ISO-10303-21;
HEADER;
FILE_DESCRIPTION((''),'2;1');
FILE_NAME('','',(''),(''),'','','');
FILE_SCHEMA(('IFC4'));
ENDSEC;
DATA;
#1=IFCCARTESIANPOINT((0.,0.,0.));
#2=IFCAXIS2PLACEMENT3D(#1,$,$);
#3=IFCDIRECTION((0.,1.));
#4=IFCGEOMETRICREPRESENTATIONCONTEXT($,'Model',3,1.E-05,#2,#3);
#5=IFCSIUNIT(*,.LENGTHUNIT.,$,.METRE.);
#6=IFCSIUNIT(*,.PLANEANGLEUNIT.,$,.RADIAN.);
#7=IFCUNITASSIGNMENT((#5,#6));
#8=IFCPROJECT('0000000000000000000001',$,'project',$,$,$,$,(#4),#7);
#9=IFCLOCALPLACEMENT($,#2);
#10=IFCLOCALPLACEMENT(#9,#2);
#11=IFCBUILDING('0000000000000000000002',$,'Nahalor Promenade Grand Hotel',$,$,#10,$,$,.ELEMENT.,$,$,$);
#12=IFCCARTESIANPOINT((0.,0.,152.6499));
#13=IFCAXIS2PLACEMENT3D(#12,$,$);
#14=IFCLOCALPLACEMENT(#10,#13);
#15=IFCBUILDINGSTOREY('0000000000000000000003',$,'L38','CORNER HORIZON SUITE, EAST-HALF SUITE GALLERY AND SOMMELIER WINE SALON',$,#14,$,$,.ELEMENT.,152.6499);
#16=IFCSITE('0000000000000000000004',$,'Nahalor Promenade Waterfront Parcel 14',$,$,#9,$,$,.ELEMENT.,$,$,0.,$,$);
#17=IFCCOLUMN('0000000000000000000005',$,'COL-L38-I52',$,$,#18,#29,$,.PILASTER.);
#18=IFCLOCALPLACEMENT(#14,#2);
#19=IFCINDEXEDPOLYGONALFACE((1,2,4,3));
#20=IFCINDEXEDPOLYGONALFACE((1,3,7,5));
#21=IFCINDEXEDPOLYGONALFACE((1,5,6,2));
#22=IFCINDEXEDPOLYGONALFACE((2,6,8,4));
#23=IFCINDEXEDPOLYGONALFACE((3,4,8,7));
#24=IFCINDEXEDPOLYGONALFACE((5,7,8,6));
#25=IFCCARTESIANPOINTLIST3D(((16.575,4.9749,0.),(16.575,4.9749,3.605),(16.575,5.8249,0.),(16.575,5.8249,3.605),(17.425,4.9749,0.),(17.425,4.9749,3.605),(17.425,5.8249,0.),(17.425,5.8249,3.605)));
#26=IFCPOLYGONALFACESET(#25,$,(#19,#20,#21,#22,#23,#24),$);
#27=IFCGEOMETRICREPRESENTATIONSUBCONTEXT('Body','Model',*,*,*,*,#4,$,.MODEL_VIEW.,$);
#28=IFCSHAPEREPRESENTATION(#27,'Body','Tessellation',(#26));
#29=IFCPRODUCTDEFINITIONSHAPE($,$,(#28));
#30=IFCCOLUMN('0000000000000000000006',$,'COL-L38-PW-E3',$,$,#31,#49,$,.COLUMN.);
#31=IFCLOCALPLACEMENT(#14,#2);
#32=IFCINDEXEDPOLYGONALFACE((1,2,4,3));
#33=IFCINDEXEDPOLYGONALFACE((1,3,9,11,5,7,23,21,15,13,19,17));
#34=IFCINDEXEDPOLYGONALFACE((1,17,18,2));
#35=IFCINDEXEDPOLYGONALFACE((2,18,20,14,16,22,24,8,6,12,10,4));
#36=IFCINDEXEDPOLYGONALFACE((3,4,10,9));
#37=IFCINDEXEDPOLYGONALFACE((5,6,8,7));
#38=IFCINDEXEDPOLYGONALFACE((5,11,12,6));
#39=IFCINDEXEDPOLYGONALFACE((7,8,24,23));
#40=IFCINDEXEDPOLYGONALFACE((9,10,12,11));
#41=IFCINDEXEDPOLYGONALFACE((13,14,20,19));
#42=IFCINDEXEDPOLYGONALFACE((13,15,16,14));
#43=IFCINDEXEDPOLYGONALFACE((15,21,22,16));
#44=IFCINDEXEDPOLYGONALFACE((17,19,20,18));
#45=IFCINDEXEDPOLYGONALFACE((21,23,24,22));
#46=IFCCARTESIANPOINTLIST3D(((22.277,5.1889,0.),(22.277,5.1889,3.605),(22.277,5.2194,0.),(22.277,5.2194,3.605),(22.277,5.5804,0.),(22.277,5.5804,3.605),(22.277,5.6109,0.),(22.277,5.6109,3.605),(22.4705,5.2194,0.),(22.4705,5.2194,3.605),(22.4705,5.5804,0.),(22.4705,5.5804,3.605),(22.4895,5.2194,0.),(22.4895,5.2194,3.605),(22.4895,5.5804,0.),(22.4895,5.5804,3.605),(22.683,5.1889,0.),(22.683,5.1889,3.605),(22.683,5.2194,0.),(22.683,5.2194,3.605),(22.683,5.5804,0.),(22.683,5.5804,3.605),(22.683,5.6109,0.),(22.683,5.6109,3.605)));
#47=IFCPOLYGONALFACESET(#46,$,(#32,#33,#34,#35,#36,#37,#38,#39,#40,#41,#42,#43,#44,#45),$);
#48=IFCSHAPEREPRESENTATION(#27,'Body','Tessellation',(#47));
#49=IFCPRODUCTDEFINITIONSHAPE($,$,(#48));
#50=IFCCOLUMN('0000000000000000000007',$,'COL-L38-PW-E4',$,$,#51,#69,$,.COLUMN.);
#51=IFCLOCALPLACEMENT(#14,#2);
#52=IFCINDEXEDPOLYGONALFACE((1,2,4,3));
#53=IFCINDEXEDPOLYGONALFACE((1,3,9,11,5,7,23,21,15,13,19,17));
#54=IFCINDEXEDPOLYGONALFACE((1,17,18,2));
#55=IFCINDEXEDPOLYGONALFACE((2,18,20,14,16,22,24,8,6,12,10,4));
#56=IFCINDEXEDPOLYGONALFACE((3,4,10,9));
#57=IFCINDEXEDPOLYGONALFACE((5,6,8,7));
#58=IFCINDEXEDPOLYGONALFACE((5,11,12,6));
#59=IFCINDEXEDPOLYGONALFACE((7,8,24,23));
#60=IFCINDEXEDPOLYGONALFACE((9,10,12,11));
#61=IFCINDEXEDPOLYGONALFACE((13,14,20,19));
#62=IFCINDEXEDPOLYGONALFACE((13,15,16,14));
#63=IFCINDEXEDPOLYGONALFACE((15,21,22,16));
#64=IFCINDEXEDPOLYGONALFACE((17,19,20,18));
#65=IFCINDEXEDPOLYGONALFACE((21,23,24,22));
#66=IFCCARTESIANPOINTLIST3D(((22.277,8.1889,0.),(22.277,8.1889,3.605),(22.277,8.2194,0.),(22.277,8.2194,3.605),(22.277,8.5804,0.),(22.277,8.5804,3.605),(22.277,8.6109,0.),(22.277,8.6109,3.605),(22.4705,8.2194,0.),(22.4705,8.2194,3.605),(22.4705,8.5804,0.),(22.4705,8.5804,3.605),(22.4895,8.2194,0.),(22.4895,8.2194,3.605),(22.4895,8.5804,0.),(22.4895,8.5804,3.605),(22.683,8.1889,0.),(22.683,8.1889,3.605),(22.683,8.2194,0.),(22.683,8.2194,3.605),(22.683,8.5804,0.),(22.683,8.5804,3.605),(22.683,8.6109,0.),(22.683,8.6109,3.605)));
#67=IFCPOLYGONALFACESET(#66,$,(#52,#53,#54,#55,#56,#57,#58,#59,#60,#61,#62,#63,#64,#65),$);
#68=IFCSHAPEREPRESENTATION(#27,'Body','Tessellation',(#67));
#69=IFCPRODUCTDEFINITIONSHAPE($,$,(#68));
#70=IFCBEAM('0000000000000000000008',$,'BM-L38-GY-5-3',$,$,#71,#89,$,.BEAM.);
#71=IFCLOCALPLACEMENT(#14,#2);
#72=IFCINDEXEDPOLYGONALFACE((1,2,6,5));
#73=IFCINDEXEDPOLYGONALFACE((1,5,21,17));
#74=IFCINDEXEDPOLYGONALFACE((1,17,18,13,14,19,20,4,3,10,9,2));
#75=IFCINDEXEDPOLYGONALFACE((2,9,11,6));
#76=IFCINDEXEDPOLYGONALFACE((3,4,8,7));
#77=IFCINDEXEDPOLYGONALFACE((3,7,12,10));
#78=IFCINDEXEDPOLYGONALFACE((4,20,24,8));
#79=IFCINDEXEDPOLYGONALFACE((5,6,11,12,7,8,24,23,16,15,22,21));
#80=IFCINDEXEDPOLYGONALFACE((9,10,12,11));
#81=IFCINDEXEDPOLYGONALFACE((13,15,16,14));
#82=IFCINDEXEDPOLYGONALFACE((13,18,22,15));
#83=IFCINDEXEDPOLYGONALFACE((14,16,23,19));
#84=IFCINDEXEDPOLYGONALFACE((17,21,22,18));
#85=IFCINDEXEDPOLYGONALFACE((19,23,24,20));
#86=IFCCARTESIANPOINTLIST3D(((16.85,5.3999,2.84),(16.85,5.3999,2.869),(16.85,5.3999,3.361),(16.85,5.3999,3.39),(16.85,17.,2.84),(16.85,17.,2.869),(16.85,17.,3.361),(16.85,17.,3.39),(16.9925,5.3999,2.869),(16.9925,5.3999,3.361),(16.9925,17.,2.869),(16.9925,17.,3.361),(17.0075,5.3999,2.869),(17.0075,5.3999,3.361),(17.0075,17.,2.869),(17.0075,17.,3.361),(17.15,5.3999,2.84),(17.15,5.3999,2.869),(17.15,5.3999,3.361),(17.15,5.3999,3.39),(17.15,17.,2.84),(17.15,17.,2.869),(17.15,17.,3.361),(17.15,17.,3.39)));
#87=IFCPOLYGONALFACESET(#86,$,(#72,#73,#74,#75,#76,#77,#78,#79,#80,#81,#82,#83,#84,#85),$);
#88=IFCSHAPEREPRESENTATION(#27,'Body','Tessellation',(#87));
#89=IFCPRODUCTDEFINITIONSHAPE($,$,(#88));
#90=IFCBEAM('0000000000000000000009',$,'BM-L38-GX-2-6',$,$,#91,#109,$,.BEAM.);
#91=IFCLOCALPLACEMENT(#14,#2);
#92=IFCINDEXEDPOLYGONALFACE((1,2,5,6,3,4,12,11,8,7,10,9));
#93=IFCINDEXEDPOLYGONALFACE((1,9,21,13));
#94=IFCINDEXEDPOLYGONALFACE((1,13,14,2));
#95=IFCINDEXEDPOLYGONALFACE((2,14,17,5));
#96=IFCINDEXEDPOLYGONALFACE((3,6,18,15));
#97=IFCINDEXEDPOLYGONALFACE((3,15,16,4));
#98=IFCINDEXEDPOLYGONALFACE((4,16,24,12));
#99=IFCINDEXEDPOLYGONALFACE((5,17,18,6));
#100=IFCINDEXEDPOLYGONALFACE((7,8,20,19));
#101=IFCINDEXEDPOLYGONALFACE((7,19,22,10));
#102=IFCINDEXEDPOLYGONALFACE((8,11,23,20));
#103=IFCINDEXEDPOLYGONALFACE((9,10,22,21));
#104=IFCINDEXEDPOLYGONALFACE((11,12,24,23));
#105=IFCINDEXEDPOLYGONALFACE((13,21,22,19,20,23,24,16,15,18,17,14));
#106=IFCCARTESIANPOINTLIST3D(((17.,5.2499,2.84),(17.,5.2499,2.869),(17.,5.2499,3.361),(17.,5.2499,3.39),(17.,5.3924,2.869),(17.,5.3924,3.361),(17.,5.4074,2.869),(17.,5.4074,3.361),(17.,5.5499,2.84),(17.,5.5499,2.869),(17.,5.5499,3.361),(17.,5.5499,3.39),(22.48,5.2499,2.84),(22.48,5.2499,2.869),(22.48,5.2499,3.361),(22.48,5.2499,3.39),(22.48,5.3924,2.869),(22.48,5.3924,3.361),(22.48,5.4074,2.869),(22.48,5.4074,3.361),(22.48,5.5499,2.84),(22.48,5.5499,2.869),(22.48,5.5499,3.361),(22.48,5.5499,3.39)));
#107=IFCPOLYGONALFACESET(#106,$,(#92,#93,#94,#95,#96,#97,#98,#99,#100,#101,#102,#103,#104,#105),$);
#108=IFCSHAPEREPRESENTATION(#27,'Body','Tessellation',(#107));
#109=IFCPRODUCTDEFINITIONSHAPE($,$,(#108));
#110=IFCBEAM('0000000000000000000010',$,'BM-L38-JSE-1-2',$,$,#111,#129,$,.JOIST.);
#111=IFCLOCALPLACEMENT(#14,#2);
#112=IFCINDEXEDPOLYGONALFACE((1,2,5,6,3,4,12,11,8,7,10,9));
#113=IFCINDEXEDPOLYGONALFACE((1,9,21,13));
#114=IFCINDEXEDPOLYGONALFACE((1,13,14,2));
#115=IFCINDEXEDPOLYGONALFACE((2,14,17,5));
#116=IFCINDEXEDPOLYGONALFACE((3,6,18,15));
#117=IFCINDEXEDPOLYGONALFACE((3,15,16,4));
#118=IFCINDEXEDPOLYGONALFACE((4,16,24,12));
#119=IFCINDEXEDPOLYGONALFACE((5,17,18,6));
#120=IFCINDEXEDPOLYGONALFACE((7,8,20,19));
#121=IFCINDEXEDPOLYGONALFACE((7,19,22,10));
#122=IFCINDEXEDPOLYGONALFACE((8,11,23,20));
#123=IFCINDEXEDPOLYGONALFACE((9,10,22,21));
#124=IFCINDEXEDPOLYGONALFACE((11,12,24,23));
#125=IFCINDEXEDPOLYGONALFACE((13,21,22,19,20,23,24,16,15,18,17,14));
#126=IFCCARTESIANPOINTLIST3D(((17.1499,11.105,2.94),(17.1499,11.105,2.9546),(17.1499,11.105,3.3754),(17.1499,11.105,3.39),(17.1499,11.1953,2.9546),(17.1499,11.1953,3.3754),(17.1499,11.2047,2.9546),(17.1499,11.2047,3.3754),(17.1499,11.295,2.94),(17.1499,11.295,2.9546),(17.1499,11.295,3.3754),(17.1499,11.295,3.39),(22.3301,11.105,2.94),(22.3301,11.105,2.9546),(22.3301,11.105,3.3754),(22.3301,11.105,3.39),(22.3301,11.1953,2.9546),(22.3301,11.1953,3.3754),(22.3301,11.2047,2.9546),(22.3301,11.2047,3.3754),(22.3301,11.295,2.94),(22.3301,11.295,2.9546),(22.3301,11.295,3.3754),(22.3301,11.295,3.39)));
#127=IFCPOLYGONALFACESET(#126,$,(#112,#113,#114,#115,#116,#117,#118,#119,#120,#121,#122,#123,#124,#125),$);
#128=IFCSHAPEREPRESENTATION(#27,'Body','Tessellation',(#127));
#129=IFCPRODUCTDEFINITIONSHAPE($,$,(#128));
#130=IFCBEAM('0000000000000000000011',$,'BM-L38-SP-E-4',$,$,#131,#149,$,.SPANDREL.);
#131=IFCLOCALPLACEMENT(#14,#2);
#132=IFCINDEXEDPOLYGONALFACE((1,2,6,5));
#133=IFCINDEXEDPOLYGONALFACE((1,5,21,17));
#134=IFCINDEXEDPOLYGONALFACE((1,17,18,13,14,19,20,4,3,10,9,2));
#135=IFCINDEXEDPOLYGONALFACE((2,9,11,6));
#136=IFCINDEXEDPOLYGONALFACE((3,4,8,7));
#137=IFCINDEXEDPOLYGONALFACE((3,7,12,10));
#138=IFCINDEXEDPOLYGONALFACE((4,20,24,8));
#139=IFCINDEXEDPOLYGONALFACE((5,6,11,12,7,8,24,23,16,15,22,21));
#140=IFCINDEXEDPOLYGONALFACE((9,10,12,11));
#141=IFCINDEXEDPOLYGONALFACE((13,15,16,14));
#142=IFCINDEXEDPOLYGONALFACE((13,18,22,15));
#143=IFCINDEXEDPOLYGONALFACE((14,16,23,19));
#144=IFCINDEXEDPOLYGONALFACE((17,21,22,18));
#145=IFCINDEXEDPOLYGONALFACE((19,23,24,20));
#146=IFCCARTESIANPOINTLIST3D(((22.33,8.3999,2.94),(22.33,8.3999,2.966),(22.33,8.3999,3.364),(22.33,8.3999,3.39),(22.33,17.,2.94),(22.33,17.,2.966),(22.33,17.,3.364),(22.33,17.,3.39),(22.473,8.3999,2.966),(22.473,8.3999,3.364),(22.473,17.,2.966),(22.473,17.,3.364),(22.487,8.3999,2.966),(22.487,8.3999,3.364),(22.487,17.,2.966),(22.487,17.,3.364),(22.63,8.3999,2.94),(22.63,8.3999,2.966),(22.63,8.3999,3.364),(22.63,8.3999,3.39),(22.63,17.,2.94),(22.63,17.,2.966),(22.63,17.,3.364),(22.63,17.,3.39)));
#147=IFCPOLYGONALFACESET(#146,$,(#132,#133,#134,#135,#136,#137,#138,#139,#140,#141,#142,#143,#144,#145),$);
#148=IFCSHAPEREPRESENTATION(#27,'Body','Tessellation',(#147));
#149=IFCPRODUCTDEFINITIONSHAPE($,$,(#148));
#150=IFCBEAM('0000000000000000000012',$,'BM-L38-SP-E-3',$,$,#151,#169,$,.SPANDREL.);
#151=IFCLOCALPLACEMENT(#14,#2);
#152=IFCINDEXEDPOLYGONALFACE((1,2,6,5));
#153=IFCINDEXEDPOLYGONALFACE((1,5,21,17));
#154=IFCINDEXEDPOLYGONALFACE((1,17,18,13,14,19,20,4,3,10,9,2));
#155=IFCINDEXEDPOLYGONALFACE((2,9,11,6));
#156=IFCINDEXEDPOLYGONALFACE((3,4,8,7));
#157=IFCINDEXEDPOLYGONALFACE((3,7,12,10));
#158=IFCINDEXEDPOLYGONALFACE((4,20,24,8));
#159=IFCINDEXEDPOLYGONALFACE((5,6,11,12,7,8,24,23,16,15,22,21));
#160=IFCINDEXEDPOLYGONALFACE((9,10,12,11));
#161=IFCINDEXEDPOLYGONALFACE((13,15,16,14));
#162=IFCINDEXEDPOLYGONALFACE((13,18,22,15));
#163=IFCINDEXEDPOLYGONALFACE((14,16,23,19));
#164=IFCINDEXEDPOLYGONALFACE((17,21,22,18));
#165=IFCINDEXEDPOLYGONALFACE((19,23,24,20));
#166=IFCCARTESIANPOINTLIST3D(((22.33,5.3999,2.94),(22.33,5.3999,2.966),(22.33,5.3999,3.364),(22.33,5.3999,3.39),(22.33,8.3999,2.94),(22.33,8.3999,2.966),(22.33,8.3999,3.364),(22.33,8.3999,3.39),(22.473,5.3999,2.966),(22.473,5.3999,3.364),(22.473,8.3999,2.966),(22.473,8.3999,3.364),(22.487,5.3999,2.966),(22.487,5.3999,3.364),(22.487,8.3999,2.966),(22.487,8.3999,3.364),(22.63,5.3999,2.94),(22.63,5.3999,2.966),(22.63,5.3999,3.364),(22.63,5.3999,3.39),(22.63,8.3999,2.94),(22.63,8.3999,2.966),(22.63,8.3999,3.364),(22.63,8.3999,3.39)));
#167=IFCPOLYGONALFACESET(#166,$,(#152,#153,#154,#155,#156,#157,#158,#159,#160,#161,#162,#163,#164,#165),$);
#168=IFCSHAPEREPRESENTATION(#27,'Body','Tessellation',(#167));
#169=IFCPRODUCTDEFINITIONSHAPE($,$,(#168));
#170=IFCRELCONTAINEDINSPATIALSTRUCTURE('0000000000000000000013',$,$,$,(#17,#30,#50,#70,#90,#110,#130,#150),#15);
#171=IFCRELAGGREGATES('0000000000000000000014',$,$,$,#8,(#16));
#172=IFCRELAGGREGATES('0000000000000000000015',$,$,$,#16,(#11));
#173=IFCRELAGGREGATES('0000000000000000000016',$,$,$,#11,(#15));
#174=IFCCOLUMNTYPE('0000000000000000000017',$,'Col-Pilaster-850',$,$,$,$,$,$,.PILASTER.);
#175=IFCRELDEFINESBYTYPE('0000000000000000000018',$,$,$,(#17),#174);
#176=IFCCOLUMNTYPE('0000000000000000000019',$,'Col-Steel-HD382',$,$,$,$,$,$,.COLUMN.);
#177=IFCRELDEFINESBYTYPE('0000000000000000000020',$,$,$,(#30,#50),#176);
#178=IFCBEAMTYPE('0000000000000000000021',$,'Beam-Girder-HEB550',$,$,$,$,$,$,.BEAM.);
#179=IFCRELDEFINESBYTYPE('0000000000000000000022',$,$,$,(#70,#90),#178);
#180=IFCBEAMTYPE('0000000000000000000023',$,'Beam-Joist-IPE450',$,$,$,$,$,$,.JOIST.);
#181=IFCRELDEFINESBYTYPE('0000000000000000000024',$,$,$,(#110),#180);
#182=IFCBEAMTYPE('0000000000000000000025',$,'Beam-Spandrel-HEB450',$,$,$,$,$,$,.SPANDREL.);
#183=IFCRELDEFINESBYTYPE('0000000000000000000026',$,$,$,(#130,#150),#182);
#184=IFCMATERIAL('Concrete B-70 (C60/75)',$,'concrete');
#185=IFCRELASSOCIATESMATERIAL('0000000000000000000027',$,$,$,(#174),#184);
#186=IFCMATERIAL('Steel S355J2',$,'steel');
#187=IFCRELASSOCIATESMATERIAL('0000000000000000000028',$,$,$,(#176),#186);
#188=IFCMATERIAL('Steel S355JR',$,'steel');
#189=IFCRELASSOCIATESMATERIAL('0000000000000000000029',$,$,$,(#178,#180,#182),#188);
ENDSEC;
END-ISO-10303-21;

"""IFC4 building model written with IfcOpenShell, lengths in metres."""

from ifc_helpers import new_model, si_unit, direction, frame, origin, origin_2d, place, context, subcontext, project, spatial, rectangle, i_section, extrude, source, transform, mapped, material, material_profile, profile_set, type_object, element, save


model = new_model("IFC4")

# Units and contexts
model_context = context("Model", 3, precision=1e-05, world=origin(), true_north=direction((0.0, 1.0)))
body_context = subcontext(model_context, "Body", "Model", "MODEL_VIEW")
ifc_project = project(units=[si_unit("LENGTHUNIT", "METRE"), si_unit("PLANEANGLEUNIT", "RADIAN")], contexts=[model_context])

# Site, building, storey
site_placement = place(None, origin())
site = spatial("IfcSite", under=ifc_project, at=site_placement, Name="Nahalor Promenade Waterfront Parcel 14", CompositionType="ELEMENT", RefElevation=0.0)
building_placement = place(site_placement, origin())
building = spatial("IfcBuilding", under=site, at=building_placement, Name="Nahalor Promenade Grand Hotel", CompositionType="ELEMENT")
storey_placement = place(building_placement, frame((0.0, 0.0, 152.6499)))
storey = spatial("IfcBuildingStorey", under=building, at=storey_placement, Name="L38", Description="CORNER HORIZON SUITE, EAST-HALF SUITE GALLERY AND SOMMELIER WINE SALON", CompositionType="ELEMENT", Elevation=152.6499)

# Columns
ifc_material_1 = material(Name="Concrete B-70 (C60/75)", Category="concrete")
ifc_material_profile_1 = material_profile(ifc_material_1, rectangle(XDim=0.85, YDim=0.85, at=origin_2d()), Name="RC 850x850")
ifc_profile_set_1 = profile_set([ifc_material_profile_1], Name="Concrete B-70 (C60/75)")
column_type_1 = type_object("IfcColumnType", Name="Col-Pilaster-850", PredefinedType="PILASTER", material=ifc_profile_set_1)
shared_shape_1 = source(origin(), body_context, "Body", "SweptSolid", [
    extrude(rectangle(XDim=0.85, YDim=0.85, at=origin_2d()), origin(), (0.0, 0.0, 1.0), 3.605),
])
column_placement = place(storey_placement, frame((17.0, 5.3999, 0.0), z_axis=(0.0, 0.0, 1.0), x_axis=(1.0, 0.0, 0.0)))
element("IfcColumn", 1, at=column_placement, inside=storey, type_object=column_type_1, Name="COL-L38-I52", PredefinedType="PILASTER", context=body_context, shape_type="MappedRepresentation", body=[
    mapped(shared_shape_1, transform((0.0, 0.0, 0.0), scale=1.0)),
])
ifc_material_2 = material(Name="Steel S355J2", Category="steel")
ifc_material_profile_2 = material_profile(ifc_material_2, i_section(OverallWidth=0.406, OverallDepth=0.422, WebThickness=0.019, FlangeThickness=0.0305, at=origin_2d()), Name="HD 400x382")
ifc_profile_set_2 = profile_set([ifc_material_profile_2], Name="Steel S355J2")
column_type_2 = type_object("IfcColumnType", Name="Col-Steel-HD382", PredefinedType="COLUMN", material=ifc_profile_set_2)
shared_shape_2 = source(origin(), body_context, "Body", "SweptSolid", [
    extrude(i_section(OverallWidth=0.406, OverallDepth=0.422, WebThickness=0.019, FlangeThickness=0.0305, at=origin_2d()), origin(), (0.0, 0.0, 1.0), 3.605),
])
for number, where, z_axis, x_axis, name in (
    (2, (22.48, 5.3999, 0.0), (0.0, 0.0, 1.0), (1.0, 0.0, 0.0), "COL-L38-PW-E3"),
    (3, (22.48, 8.3999, 0.0), (0.0, 0.0, 1.0), (1.0, 0.0, 0.0), "COL-L38-PW-E4"),
):
    element("IfcColumn", number, at=place(storey_placement, frame(where, z_axis=z_axis, x_axis=x_axis)), inside=storey, type_object=column_type_2, Name=name, PredefinedType="COLUMN", context=body_context, shape_type="MappedRepresentation", body=[
        mapped(shared_shape_2, transform((0.0, 0.0, 0.0), scale=1.0)),
    ])

# Beams
ifc_material_3 = material(Name="Steel S355JR", Category="steel")
ifc_material_profile_3 = material_profile(ifc_material_3, i_section(OverallWidth=0.3, OverallDepth=0.55, WebThickness=0.015, FlangeThickness=0.029, at=origin_2d()), Name="HEB 550")
ifc_profile_set_3 = profile_set([ifc_material_profile_3], Name="Steel S355JR")
beam_type_1 = type_object("IfcBeamType", Name="Beam-Girder-HEB550", PredefinedType="BEAM", material=ifc_profile_set_3)
shared_shape_3 = source(origin(), body_context, "Body", "SweptSolid", [
    extrude(i_section(OverallWidth=0.3, OverallDepth=0.55, WebThickness=0.015, FlangeThickness=0.029, at=origin_2d()), origin(), (0.0, 0.0, 1.0), 11.6001),
])
beam_1_placement = place(storey_placement, frame((17.0, 5.3999, 3.115), z_axis=(0.0, 1.0, 0.0), x_axis=(-1.0, 0.0, 0.0)))
element("IfcBeam", 4, at=beam_1_placement, inside=storey, type_object=beam_type_1, Name="BM-L38-GY-5-3", PredefinedType="BEAM", context=body_context, shape_type="MappedRepresentation", body=[
    mapped(shared_shape_3, transform((0.0, 0.0, 0.0), scale=1.0)),
])
shared_shape_4 = source(origin(), body_context, "Body", "SweptSolid", [
    extrude(i_section(OverallWidth=0.3, OverallDepth=0.55, WebThickness=0.015, FlangeThickness=0.029, at=origin_2d()), origin(), (0.0, 0.0, 1.0), 5.48),
])
beam_2_placement = place(storey_placement, frame((17.0, 5.3999, 3.115), z_axis=(1.0, 0.0, 0.0), x_axis=(0.0, 1.0, 0.0)))
element("IfcBeam", 5, at=beam_2_placement, inside=storey, type_object=beam_type_1, Name="BM-L38-GX-2-6", PredefinedType="BEAM", context=body_context, shape_type="MappedRepresentation", body=[
    mapped(shared_shape_4, transform((0.0, 0.0, 0.0), scale=1.0)),
])
ifc_material_profile_4 = material_profile(ifc_material_3, i_section(OverallWidth=0.19, OverallDepth=0.45, WebThickness=0.0094, FlangeThickness=0.0146, at=origin_2d()), Name="IPE 450")
ifc_profile_set_4 = profile_set([ifc_material_profile_4], Name="Steel S355JR")
beam_type_2 = type_object("IfcBeamType", Name="Beam-Joist-IPE450", PredefinedType="JOIST", material=ifc_profile_set_4)
shared_shape_5 = source(origin(), body_context, "Body", "SweptSolid", [
    extrude(i_section(OverallWidth=0.19, OverallDepth=0.45, WebThickness=0.0094, FlangeThickness=0.0146, at=origin_2d()), origin(), (0.0, 0.0, 1.0), 5.1802),
])
beam_3_placement = place(storey_placement, frame((17.1499, 11.2, 3.165), z_axis=(1.0, 0.0, 0.0), x_axis=(0.0, 1.0, 0.0)))
element("IfcBeam", 6, at=beam_3_placement, inside=storey, type_object=beam_type_2, Name="BM-L38-JSE-1-2", PredefinedType="JOIST", context=body_context, shape_type="MappedRepresentation", body=[
    mapped(shared_shape_5, transform((0.0, 0.0, 0.0), scale=1.0)),
])
ifc_material_profile_5 = material_profile(ifc_material_3, i_section(OverallWidth=0.3, OverallDepth=0.45, WebThickness=0.014, FlangeThickness=0.026, at=origin_2d()), Name="HEB 450")
ifc_profile_set_5 = profile_set([ifc_material_profile_5], Name="Steel S355JR")
beam_type_3 = type_object("IfcBeamType", Name="Beam-Spandrel-HEB450", PredefinedType="SPANDREL", material=ifc_profile_set_5)
shared_shape_6 = source(origin(), body_context, "Body", "SweptSolid", [
    extrude(i_section(OverallWidth=0.3, OverallDepth=0.45, WebThickness=0.014, FlangeThickness=0.026, at=origin_2d()), origin(), (0.0, 0.0, 1.0), 8.6001),
])
beam_4_placement = place(storey_placement, frame((22.48, 8.3999, 3.165), z_axis=(0.0, 1.0, 0.0), x_axis=(-1.0, 0.0, 0.0)))
element("IfcBeam", 7, at=beam_4_placement, inside=storey, type_object=beam_type_3, Name="BM-L38-SP-E-4", PredefinedType="SPANDREL", context=body_context, shape_type="MappedRepresentation", body=[
    mapped(shared_shape_6, transform((0.0, 0.0, 0.0), scale=1.0)),
])
shared_shape_7 = source(origin(), body_context, "Body", "SweptSolid", [
    extrude(i_section(OverallWidth=0.3, OverallDepth=0.45, WebThickness=0.014, FlangeThickness=0.026, at=origin_2d()), origin(), (0.0, 0.0, 1.0), 3.0),
])
beam_5_placement = place(storey_placement, frame((22.48, 5.3999, 3.165), z_axis=(0.0, 1.0, 0.0), x_axis=(-1.0, 0.0, 0.0)))
element("IfcBeam", 8, at=beam_5_placement, inside=storey, type_object=beam_type_3, Name="BM-L38-SP-E-3", PredefinedType="SPANDREL", context=body_context, shape_type="MappedRepresentation", body=[
    mapped(shared_shape_7, transform((0.0, 0.0, 0.0), scale=1.0)),
])

save(model, "model.ifc")
